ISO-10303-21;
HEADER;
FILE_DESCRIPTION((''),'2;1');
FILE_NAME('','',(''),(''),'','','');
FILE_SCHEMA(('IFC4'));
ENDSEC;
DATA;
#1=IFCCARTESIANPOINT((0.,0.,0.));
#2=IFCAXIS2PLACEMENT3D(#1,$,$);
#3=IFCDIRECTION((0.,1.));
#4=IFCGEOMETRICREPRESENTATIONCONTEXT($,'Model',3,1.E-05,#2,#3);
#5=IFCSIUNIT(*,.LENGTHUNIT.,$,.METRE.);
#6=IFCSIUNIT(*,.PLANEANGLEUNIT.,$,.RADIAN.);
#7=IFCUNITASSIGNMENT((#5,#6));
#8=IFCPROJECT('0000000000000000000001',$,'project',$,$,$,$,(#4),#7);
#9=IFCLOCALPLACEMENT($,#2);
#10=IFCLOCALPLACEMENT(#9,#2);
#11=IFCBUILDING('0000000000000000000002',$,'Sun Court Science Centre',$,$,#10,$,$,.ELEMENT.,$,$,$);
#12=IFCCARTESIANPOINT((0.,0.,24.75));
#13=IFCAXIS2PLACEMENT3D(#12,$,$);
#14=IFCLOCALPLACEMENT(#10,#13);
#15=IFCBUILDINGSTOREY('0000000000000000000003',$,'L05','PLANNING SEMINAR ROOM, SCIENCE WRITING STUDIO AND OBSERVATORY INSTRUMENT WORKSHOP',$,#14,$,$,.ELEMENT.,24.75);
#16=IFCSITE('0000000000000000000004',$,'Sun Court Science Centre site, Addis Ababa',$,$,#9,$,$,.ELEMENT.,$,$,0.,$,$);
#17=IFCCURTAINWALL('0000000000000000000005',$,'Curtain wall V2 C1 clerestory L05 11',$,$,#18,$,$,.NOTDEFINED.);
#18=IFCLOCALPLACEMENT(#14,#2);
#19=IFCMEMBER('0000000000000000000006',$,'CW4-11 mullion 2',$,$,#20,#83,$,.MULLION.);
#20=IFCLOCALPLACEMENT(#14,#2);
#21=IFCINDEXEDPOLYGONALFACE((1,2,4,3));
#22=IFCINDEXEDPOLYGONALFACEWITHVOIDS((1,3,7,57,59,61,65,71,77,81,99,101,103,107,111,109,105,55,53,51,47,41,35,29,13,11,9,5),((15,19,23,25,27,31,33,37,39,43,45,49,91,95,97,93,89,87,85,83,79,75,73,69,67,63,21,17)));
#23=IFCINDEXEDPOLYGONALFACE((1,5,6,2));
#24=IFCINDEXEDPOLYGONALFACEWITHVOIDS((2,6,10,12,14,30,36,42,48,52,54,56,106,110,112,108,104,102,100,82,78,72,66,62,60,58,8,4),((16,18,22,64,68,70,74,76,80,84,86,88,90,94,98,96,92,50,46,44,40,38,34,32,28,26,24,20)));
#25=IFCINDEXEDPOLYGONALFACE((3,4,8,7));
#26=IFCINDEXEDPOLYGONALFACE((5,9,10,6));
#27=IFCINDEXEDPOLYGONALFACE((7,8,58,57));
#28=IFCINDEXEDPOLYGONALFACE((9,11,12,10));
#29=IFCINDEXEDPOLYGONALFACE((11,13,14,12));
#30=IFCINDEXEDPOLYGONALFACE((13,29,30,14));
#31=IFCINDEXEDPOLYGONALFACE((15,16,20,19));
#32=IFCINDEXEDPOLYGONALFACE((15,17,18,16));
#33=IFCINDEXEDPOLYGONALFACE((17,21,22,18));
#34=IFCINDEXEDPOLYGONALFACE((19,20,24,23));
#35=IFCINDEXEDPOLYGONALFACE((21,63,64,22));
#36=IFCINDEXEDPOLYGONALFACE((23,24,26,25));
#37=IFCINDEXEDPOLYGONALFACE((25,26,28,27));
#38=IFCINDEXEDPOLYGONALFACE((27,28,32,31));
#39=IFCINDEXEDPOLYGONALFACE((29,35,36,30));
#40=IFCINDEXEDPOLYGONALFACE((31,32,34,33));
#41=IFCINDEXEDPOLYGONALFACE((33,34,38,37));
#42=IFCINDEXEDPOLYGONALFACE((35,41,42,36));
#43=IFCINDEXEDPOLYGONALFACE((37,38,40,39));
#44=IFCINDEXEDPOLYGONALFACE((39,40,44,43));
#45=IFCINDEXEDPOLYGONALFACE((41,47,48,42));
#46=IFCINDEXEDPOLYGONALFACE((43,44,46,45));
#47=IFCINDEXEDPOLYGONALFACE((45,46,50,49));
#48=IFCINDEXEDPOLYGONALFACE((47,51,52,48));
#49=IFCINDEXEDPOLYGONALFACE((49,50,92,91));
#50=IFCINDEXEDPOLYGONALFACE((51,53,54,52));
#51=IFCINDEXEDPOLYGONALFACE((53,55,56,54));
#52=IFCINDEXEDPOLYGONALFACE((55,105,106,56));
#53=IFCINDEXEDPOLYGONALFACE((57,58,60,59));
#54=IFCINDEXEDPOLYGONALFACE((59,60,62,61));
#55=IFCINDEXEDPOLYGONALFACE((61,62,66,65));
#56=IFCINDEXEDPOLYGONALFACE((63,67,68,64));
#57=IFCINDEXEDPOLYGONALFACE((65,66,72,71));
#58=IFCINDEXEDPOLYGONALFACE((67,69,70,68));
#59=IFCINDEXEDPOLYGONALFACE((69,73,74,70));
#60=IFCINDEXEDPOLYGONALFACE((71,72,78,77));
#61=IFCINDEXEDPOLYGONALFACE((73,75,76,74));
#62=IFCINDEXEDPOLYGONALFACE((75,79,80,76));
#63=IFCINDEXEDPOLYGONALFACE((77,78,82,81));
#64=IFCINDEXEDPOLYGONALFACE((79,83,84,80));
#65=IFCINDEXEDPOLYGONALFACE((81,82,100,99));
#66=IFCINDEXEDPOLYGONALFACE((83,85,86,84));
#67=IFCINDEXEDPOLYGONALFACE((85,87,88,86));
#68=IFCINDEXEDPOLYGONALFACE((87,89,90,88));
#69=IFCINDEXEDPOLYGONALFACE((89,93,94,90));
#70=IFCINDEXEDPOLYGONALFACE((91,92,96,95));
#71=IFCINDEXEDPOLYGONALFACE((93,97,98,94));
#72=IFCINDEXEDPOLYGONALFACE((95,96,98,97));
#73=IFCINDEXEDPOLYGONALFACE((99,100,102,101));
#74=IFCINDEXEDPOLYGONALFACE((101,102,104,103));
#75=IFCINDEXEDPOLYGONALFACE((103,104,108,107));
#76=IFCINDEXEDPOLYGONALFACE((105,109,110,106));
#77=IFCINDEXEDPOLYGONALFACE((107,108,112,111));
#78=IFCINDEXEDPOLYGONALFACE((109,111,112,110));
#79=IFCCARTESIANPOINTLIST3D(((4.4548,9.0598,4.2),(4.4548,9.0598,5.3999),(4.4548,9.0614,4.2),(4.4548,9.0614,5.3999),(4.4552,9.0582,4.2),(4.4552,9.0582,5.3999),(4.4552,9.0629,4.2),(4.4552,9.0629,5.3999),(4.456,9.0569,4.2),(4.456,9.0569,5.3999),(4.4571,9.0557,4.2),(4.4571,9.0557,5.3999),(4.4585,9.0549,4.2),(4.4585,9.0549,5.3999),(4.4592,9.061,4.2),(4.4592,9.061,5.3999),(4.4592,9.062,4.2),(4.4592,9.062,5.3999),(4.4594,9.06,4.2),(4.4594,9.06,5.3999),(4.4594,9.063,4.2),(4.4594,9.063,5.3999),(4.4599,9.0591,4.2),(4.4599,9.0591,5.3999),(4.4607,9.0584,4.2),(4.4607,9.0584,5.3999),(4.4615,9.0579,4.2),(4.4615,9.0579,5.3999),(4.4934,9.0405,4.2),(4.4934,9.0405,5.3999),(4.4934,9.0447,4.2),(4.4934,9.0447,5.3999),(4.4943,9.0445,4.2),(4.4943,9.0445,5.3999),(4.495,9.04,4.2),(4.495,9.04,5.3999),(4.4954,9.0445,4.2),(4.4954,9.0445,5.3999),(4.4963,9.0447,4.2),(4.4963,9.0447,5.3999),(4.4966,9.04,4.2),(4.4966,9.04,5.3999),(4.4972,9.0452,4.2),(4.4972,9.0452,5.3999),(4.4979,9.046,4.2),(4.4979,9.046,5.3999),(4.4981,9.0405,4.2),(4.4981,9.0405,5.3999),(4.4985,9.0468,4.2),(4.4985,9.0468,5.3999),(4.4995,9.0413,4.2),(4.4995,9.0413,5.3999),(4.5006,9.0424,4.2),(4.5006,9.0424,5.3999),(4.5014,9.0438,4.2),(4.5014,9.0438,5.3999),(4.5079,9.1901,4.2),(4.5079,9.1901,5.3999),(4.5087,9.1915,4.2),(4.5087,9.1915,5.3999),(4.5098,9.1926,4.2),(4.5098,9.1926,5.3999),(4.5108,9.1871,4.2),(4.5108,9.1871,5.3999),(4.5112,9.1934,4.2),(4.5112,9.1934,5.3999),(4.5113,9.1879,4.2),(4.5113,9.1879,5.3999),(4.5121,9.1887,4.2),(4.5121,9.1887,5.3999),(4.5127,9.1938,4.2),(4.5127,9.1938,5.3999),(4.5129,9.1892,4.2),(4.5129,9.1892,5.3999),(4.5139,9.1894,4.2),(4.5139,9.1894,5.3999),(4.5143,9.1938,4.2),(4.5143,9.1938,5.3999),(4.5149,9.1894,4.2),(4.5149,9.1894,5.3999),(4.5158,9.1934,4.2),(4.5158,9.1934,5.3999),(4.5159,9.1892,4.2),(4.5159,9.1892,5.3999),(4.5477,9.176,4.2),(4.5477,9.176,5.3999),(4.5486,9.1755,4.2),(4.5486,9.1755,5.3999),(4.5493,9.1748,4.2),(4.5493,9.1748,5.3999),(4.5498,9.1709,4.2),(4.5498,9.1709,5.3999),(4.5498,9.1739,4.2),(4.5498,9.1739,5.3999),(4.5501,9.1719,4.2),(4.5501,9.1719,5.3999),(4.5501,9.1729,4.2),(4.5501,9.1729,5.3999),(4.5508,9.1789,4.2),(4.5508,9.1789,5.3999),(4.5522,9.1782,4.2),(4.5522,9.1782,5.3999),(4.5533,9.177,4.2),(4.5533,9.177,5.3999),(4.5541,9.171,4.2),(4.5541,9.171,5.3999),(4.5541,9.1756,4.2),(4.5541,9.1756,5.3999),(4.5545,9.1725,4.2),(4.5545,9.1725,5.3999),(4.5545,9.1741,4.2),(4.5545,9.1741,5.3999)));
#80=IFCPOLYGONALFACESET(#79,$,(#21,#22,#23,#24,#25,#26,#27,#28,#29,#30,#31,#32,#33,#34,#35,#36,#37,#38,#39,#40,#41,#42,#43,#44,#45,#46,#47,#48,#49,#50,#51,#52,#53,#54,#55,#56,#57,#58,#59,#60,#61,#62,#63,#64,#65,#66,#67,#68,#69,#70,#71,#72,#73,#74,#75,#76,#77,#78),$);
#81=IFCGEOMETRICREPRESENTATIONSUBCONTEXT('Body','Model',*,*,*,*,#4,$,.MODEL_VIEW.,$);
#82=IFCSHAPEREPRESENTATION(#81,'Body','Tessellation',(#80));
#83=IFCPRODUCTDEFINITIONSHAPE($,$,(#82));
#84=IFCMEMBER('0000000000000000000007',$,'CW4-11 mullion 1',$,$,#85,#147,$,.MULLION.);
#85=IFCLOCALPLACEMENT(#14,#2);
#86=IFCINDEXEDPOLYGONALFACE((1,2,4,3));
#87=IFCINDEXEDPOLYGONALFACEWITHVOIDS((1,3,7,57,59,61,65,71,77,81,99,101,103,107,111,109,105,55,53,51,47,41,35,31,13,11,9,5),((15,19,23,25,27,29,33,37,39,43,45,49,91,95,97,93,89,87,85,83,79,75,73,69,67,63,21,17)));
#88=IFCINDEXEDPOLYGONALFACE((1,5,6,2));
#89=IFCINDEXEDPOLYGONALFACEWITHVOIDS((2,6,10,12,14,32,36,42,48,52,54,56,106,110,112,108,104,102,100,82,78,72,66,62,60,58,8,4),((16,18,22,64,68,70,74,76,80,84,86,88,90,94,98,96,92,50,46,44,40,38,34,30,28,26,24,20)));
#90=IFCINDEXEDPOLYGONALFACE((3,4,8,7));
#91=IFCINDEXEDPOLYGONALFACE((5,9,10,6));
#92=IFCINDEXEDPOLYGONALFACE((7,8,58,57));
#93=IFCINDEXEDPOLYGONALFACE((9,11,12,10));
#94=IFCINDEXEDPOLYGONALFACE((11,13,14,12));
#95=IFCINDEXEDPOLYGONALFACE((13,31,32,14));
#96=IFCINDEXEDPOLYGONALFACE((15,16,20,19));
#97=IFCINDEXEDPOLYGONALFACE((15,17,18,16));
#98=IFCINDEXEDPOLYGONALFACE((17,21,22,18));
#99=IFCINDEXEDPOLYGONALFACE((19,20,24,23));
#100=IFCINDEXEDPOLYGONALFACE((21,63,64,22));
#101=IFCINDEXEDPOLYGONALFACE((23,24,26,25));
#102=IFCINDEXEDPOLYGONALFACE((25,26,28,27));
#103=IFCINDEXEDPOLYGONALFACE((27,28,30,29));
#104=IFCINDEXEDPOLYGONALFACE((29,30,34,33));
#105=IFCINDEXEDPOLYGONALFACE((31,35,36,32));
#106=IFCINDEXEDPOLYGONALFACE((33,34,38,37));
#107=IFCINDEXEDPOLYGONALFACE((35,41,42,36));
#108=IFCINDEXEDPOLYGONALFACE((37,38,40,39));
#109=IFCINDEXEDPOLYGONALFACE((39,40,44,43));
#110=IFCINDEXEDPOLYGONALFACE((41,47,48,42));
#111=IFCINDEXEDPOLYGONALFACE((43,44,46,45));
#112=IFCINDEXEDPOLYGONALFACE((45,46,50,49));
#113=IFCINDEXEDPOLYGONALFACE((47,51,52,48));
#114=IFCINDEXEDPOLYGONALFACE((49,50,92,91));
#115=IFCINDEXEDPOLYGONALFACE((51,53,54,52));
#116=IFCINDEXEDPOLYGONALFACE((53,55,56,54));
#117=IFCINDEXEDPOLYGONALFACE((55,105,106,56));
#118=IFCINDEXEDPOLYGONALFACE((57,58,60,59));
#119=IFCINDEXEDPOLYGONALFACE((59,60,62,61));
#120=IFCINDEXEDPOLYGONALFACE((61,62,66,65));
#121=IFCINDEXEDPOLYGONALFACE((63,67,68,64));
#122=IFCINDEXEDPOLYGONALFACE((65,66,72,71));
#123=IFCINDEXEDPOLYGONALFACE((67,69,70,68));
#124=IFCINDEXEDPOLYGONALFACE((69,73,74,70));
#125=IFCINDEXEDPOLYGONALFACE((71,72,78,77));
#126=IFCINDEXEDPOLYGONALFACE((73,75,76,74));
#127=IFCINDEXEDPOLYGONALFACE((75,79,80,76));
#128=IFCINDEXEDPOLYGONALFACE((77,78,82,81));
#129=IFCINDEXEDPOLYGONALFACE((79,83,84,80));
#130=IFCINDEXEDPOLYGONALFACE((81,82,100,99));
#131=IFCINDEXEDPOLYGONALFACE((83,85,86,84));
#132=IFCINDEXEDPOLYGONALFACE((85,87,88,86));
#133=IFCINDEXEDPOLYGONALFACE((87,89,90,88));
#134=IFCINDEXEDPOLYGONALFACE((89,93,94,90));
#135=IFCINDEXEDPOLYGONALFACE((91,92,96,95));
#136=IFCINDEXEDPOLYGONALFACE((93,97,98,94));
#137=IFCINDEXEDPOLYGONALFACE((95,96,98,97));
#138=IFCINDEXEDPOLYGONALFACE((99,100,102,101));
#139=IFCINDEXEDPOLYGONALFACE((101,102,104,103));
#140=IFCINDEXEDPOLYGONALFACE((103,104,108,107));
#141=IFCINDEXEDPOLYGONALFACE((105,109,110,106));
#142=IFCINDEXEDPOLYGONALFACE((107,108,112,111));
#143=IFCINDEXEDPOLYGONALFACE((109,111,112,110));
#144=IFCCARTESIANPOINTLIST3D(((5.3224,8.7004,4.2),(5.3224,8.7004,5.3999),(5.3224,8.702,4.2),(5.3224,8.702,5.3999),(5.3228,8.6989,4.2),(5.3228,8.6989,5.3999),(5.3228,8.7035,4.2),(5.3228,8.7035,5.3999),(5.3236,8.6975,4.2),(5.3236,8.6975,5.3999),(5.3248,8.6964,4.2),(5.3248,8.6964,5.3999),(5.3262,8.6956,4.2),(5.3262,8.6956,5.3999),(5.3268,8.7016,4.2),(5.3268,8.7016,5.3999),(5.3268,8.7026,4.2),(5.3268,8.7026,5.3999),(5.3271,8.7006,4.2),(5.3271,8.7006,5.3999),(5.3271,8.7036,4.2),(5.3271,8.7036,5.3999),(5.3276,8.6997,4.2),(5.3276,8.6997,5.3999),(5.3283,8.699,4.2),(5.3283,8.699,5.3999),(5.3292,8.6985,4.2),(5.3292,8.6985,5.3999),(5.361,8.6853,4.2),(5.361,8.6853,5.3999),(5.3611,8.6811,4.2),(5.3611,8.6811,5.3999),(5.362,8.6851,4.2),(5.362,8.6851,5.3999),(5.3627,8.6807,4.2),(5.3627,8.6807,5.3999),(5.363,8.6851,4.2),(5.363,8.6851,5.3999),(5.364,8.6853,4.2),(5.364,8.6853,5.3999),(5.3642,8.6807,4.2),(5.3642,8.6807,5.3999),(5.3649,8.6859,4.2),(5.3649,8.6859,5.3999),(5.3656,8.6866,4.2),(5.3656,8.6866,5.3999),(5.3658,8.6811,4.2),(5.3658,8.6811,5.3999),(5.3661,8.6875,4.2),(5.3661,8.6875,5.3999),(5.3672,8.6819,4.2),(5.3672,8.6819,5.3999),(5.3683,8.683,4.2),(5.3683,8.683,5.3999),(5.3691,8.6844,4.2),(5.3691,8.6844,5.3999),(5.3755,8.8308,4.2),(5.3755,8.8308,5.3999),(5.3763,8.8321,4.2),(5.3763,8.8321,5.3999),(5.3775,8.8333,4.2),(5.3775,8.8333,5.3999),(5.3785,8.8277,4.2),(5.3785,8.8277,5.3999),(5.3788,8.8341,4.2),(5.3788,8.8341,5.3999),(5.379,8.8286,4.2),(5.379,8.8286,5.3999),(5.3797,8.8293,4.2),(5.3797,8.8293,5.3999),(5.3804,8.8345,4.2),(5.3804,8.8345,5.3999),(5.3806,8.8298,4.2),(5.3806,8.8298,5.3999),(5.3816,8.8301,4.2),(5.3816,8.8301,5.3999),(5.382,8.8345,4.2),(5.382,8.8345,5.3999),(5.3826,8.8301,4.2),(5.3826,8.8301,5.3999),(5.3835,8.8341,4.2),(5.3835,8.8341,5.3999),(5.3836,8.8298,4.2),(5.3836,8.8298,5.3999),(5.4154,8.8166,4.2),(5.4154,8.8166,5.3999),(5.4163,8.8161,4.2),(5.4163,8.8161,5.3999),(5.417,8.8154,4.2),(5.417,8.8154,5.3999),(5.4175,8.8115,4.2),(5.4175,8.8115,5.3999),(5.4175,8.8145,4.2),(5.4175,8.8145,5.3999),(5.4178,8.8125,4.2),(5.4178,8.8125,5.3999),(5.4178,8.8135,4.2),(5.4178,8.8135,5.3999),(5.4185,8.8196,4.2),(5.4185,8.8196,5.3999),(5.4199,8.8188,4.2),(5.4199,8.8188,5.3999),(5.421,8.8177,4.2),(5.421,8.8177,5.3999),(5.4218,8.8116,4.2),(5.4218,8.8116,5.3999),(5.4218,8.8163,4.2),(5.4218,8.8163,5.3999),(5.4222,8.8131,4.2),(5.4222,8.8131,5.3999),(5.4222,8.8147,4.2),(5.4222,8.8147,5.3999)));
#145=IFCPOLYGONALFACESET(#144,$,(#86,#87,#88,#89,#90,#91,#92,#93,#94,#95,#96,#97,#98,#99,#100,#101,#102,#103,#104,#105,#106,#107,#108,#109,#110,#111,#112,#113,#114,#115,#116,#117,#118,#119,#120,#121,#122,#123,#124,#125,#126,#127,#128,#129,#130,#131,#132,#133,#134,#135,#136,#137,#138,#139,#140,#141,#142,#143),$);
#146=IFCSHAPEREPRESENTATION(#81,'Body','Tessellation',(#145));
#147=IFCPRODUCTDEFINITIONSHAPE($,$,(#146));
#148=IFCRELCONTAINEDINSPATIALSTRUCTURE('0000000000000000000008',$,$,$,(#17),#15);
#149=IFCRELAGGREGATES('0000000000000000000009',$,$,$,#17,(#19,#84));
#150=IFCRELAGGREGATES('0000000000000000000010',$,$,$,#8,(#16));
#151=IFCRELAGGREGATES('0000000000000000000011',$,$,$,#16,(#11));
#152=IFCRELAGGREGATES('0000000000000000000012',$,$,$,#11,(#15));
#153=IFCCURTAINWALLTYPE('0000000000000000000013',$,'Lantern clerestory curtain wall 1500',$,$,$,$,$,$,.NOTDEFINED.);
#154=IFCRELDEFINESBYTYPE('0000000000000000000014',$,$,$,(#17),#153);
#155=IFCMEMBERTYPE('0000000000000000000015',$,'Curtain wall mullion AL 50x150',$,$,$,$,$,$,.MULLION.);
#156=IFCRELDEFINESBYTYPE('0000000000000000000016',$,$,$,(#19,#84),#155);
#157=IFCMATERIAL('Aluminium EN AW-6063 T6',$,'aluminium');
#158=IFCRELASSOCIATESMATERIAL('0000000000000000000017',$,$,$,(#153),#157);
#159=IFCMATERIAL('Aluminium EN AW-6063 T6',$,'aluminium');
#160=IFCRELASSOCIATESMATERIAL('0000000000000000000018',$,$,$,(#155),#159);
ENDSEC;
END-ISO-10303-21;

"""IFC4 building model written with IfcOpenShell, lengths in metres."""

from ifc_helpers import new_model, si_unit, direction, frame, origin, origin_2d, place, context, subcontext, project, spatial, hollow_rectangle, extrude, material, material_profile, profile_set, type_object, element, aggregate, save


model = new_model("IFC4")

# Units and contexts
model_context = context("Model", 3, precision=1e-05, world=origin(), true_north=direction((0.0, 1.0)))
body_context = subcontext(model_context, "Body", "Model", "MODEL_VIEW")
ifc_project = project(units=[si_unit("LENGTHUNIT", "METRE"), si_unit("PLANEANGLEUNIT", "RADIAN")], contexts=[model_context])

# Site, building, storey
site_placement = place(None, origin())
site = spatial("IfcSite", under=ifc_project, at=site_placement, Name="Sun Court Science Centre site, Addis Ababa", CompositionType="ELEMENT", RefElevation=0.0)
building_placement = place(site_placement, origin())
building = spatial("IfcBuilding", under=site, at=building_placement, Name="Sun Court Science Centre", CompositionType="ELEMENT")
storey_placement = place(building_placement, frame((0.0, 0.0, 24.75)))
storey = spatial("IfcBuildingStorey", under=building, at=storey_placement, Name="L05", Description="PLANNING SEMINAR ROOM, SCIENCE WRITING STUDIO AND OBSERVATORY INSTRUMENT WORKSHOP", CompositionType="ELEMENT", Elevation=24.75)

# Curtain wall, members
ifc_material_1 = material(Name="Aluminium EN AW-6063 T6", Category="aluminium")
curtain_wall_type = type_object("IfcCurtainWallType", Name="Lantern clerestory curtain wall 1500", PredefinedType="NOTDEFINED", material=ifc_material_1)
ifc_material_2 = material(Name="Aluminium EN AW-6063 T6", Category="aluminium")
ifc_material_profile_1 = material_profile(ifc_material_2, hollow_rectangle(XDim=0.05, YDim=0.1499, WallThickness=0.0039, InnerFilletRadius=0.0039, OuterFilletRadius=0.0061, at=origin_2d()), Name="AL 50x150x4")
ifc_profile_set_1 = profile_set([ifc_material_profile_1], Name="Aluminium EN AW-6063 T6")
member_type_1 = type_object("IfcMemberType", Name="Curtain wall mullion AL 50x150", PredefinedType="MULLION", material=ifc_profile_set_1)
curtain_wall_1_placement = place(storey_placement, origin())
curtain_wall_1 = element("IfcCurtainWall", 1, at=curtain_wall_1_placement, inside=storey, type_object=curtain_wall_type, Name="Curtain wall V2 C1 clerestory L05 11", PredefinedType="NOTDEFINED")
member_1_placement = place(storey_placement, frame((4.5046, 9.1169, 4.2), z_axis=(0.0, 0.0, 1.0), x_axis=(-0.92388, 0.382683, 0.0)))
member_1 = element("IfcMember", 2, at=member_1_placement, type_object=member_type_1, Name="CW4-11 mullion 2", PredefinedType="MULLION", context=body_context, shape_type="SweptSolid", body=[
    extrude(hollow_rectangle(XDim=0.05, YDim=0.1499, WallThickness=0.0039, InnerFilletRadius=0.0039, OuterFilletRadius=0.0061, at=origin_2d()), origin(), (0.0, 0.0, 1.0), 1.2),
])
member_2_placement = place(storey_placement, frame((5.3723, 8.7576, 4.2), z_axis=(0.0, 0.0, 1.0), x_axis=(-0.92388, 0.382683, 0.0)))
member_2 = element("IfcMember", 3, at=member_2_placement, type_object=member_type_1, Name="CW4-11 mullion 1", PredefinedType="MULLION", context=body_context, shape_type="SweptSolid", body=[
    extrude(hollow_rectangle(XDim=0.05, YDim=0.1499, WallThickness=0.0039, InnerFilletRadius=0.0039, OuterFilletRadius=0.0061, at=origin_2d()), origin(), (0.0, 0.0, 1.0), 1.2),
])

aggregate(curtain_wall_1, [member_1, member_2])

save(model, "model.ifc")
